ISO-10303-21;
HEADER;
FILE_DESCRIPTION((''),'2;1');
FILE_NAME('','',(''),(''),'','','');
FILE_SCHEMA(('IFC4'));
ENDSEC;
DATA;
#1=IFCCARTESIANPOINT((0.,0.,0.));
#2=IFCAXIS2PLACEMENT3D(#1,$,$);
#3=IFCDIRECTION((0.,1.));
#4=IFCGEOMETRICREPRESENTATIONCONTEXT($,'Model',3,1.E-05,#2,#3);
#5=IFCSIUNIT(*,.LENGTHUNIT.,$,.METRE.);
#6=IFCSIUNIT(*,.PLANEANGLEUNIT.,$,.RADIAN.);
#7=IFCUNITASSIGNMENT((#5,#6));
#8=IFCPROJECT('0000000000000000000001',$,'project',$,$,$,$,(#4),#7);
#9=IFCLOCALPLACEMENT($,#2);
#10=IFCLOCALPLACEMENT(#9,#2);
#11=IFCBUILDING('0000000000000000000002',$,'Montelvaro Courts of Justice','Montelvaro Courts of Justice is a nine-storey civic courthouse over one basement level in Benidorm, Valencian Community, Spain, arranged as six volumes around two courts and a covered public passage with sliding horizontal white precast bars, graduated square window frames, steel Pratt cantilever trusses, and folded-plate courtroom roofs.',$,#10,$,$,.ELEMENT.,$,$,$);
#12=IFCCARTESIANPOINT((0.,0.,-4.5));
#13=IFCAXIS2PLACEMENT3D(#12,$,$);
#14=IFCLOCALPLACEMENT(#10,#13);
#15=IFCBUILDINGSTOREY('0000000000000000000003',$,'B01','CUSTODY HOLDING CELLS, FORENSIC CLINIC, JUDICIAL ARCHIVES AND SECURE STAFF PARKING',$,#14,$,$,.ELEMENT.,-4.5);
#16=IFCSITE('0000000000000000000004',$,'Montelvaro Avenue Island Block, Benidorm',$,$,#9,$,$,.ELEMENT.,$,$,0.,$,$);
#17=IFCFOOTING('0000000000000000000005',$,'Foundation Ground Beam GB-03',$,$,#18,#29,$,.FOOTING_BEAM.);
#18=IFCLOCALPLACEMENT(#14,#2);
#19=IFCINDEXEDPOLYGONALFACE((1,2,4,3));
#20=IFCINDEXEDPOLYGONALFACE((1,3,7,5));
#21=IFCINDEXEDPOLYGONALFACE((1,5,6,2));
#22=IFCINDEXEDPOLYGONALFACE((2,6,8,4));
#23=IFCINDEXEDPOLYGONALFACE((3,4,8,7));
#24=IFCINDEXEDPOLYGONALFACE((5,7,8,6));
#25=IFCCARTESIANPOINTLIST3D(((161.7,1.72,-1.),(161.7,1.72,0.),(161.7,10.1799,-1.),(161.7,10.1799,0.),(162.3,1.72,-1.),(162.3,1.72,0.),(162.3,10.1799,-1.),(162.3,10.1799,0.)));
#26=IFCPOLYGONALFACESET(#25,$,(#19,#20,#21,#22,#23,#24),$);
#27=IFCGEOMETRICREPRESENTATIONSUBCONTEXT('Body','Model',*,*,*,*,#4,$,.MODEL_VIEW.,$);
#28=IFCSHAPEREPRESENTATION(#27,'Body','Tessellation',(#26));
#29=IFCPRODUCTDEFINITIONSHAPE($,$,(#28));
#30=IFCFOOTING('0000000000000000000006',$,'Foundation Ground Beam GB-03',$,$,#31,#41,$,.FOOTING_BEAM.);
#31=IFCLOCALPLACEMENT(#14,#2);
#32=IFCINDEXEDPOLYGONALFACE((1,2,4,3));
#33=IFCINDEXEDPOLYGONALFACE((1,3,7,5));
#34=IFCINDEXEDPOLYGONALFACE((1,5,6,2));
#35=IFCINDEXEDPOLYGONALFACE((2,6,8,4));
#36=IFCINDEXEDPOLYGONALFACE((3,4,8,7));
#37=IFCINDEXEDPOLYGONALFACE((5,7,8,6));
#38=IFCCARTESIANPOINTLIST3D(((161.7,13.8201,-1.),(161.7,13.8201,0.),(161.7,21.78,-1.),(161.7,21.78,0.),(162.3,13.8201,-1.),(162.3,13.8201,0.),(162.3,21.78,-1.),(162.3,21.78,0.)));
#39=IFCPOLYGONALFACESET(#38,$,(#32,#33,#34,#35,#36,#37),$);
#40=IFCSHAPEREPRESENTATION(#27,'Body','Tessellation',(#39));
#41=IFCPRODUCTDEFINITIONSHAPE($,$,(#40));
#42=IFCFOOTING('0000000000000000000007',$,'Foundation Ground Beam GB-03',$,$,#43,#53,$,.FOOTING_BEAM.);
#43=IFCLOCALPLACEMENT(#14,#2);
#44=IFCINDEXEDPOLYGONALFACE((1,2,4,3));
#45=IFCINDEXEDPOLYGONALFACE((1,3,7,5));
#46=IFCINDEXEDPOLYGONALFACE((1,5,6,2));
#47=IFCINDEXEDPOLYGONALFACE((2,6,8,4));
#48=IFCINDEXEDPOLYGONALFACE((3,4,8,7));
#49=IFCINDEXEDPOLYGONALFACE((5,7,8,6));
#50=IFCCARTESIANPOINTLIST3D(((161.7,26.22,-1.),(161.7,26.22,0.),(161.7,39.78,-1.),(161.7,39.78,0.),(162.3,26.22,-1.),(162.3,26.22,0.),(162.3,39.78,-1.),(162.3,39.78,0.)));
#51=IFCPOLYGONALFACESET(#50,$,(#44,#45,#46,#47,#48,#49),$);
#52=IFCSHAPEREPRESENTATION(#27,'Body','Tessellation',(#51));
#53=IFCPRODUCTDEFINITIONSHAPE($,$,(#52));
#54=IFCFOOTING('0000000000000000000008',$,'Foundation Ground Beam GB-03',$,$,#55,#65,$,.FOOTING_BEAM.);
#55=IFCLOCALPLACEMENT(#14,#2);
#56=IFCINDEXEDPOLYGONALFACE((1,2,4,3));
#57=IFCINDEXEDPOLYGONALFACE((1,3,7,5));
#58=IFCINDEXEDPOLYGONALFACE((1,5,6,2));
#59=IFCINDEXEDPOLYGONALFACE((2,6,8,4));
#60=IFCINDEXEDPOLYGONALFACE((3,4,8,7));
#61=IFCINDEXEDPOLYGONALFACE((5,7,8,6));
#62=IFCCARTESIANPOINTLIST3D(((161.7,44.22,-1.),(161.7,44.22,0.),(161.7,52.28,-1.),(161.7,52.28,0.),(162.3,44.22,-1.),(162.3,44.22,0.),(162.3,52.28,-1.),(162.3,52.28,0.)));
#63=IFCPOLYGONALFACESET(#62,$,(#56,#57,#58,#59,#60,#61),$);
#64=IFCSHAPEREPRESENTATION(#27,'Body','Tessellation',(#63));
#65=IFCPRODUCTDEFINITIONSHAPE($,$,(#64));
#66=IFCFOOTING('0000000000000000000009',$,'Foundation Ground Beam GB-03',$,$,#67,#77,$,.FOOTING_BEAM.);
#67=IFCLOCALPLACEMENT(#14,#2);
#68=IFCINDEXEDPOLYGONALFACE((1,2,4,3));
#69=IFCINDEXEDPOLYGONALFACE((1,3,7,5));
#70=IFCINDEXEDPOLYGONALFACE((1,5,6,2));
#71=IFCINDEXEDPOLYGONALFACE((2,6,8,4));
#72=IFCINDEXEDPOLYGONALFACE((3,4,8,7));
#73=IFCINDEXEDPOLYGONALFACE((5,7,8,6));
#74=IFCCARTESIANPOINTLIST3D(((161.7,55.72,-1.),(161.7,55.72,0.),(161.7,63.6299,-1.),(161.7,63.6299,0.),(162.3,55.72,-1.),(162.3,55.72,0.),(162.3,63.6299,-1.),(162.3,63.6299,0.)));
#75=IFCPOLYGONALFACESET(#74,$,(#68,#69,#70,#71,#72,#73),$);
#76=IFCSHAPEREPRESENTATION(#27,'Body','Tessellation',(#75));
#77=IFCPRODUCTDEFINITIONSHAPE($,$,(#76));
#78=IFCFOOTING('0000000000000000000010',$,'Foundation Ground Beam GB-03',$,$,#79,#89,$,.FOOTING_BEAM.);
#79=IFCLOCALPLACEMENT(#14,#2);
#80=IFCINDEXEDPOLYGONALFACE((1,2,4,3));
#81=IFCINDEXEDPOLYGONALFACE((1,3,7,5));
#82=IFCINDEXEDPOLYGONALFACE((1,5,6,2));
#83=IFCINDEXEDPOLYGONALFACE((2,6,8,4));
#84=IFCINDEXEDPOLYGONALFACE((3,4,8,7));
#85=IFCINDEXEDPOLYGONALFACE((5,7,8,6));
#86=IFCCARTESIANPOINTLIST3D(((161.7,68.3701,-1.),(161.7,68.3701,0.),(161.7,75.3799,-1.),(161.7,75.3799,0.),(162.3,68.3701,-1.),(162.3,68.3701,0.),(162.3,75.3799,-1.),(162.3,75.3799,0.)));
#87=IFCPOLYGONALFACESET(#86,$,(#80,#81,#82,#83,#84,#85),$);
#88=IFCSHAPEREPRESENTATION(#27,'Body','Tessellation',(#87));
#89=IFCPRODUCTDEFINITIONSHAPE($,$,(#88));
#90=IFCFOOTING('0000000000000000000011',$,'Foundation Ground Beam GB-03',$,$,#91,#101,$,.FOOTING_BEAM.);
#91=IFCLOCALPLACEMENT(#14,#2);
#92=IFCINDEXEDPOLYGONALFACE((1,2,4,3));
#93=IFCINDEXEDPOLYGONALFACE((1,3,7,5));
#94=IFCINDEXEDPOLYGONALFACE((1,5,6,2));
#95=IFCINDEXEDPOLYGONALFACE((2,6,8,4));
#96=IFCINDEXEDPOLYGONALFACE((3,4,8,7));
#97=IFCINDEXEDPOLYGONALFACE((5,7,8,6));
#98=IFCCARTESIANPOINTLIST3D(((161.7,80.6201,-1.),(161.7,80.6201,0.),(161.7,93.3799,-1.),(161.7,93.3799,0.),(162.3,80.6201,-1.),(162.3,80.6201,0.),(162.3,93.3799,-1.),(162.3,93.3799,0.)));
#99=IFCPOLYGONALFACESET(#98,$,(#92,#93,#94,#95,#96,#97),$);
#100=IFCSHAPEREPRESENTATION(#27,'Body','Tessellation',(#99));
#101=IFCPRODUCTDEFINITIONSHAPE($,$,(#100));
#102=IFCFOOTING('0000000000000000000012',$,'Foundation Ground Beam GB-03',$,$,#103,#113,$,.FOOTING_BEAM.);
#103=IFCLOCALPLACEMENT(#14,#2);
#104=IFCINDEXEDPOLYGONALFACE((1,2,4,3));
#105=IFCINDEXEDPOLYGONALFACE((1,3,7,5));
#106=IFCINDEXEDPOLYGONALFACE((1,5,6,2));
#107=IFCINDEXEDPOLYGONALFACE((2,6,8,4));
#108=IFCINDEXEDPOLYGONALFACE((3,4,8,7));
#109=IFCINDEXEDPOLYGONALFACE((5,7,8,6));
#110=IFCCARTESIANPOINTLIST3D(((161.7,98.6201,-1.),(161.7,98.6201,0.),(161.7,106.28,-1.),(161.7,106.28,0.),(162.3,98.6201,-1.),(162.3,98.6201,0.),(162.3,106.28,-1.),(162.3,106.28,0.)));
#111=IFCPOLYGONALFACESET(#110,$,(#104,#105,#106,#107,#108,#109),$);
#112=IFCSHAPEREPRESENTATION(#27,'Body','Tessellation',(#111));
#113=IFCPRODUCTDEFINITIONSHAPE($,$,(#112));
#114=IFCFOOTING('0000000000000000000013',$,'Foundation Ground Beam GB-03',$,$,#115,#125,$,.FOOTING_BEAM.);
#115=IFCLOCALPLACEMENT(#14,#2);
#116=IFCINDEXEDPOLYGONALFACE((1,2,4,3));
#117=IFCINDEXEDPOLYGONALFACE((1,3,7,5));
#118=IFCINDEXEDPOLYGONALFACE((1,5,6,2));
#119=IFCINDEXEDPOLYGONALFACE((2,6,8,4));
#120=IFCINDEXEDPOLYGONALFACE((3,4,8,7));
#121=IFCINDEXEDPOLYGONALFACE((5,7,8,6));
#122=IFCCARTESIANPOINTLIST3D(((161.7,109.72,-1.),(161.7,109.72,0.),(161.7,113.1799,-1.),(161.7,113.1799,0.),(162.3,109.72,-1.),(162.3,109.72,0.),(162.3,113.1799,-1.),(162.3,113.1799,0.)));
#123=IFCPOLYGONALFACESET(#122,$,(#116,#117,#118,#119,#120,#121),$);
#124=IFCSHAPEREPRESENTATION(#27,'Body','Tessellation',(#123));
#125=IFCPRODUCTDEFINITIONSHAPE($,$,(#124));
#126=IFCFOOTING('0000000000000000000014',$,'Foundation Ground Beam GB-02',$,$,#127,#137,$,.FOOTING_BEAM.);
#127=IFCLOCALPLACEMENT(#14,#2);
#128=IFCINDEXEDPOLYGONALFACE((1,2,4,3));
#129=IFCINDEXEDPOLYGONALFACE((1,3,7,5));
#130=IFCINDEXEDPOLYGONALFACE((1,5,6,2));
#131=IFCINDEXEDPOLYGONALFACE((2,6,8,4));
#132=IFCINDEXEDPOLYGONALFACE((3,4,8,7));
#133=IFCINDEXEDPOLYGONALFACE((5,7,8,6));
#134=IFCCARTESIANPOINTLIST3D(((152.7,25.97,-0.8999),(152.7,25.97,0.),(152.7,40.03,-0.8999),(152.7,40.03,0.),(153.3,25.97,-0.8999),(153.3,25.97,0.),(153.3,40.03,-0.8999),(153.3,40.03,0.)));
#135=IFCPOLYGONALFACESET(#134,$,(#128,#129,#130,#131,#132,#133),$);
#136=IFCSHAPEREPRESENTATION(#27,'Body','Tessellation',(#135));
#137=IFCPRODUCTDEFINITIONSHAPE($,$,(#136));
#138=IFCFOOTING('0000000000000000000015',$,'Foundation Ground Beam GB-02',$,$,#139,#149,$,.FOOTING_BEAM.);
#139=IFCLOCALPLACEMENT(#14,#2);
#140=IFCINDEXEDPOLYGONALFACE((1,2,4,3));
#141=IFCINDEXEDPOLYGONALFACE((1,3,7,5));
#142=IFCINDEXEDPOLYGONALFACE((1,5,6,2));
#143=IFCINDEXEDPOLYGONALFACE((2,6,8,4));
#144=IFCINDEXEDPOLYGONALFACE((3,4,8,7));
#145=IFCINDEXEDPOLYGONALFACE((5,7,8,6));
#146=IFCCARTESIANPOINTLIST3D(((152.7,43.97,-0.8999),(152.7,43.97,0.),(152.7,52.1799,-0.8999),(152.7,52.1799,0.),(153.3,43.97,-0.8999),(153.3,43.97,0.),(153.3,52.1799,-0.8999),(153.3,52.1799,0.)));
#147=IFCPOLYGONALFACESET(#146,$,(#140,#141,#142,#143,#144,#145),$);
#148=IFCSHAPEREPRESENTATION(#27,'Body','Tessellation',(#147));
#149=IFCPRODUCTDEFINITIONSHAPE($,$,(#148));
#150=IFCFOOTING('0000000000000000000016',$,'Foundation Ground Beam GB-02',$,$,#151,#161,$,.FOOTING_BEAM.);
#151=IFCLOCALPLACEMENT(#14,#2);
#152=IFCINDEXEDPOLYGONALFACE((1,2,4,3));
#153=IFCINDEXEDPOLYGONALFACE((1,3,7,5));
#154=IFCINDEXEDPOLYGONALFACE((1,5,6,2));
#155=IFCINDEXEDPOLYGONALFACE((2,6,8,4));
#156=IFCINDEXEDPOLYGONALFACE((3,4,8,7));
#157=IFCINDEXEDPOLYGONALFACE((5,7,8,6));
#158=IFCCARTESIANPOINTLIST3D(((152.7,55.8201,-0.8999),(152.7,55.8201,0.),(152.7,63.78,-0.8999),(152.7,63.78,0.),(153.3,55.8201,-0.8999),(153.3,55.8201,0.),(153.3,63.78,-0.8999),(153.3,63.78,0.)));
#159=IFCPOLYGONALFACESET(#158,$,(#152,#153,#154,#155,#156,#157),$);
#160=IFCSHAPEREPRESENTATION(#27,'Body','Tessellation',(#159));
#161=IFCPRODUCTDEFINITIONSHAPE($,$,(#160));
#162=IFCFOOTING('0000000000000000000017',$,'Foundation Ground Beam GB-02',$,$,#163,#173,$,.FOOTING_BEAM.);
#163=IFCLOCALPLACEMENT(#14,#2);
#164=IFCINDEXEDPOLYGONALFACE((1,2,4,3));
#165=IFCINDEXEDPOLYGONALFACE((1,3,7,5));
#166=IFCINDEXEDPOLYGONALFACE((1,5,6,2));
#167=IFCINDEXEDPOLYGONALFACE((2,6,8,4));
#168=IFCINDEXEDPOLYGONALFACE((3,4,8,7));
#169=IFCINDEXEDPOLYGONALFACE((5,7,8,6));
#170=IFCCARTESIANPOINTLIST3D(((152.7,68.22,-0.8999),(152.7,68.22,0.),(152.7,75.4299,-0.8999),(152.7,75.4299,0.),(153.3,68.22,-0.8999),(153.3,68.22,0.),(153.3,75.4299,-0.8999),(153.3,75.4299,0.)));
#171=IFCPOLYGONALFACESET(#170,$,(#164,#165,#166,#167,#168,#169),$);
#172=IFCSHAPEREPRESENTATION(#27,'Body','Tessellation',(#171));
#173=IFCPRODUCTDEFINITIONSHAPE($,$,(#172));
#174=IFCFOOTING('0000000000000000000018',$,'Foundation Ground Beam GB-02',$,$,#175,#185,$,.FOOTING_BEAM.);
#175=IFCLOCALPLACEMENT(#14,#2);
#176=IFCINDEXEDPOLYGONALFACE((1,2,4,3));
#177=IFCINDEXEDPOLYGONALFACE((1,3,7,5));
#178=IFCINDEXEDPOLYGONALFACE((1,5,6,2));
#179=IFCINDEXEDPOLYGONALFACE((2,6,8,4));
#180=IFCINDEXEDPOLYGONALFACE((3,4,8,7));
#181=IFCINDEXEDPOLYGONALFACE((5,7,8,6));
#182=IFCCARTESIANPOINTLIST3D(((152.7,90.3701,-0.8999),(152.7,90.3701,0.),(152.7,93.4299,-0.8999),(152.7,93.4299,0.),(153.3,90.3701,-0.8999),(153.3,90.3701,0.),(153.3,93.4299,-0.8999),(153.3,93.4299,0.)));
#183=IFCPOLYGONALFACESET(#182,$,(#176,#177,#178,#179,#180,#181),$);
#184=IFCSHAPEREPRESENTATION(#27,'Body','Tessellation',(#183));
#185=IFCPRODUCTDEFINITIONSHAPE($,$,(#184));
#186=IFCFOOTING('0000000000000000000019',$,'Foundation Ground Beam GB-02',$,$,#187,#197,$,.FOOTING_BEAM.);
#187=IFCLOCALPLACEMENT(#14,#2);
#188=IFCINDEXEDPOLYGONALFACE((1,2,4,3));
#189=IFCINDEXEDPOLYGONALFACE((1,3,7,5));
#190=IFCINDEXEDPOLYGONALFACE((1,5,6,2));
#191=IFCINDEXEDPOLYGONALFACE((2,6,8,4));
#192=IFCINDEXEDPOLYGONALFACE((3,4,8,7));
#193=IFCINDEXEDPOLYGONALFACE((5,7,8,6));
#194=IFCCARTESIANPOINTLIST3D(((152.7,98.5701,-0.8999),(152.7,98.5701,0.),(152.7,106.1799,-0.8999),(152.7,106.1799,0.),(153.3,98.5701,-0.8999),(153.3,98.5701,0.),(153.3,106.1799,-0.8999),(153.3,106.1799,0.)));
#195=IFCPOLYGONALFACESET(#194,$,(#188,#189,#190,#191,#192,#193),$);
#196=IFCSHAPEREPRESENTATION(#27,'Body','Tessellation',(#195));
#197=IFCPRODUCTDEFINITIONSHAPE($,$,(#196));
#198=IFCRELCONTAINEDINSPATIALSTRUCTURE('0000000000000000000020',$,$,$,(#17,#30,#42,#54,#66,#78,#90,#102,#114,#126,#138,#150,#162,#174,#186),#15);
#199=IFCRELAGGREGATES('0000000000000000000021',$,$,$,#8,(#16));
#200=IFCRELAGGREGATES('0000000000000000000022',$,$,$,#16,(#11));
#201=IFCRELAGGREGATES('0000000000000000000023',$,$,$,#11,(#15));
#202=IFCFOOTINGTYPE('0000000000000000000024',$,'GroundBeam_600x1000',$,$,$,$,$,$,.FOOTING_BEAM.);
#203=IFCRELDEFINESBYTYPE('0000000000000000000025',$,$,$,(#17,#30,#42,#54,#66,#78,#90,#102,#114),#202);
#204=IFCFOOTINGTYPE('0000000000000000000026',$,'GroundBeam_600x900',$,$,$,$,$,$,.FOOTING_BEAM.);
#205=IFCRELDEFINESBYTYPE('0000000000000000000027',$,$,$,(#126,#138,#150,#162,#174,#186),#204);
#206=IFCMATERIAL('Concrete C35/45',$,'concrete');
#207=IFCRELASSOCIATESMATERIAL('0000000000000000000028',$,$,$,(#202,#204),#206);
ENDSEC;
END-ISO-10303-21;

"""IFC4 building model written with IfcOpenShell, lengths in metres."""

from ifc_helpers import new_model, si_unit, direction, frame, origin, place, context, subcontext, project, spatial, polyline, outline, extrude, material, type_object, element, save


model = new_model("IFC4")

# Units and contexts
model_context = context("Model", 3, precision=1e-05, world=origin(), true_north=direction((0.0, 1.0)))
body_context = subcontext(model_context, "Body", "Model", "MODEL_VIEW")
ifc_project = project(units=[si_unit("LENGTHUNIT", "METRE"), si_unit("PLANEANGLEUNIT", "RADIAN")], contexts=[model_context])

# Site, building, storey
site_placement = place(None, origin())
site = spatial("IfcSite", under=ifc_project, at=site_placement, Name="Montelvaro Avenue Island Block, Benidorm", CompositionType="ELEMENT", RefElevation=0.0)
building_placement = place(site_placement, origin())
building = spatial("IfcBuilding", under=site, at=building_placement, Name="Montelvaro Courts of Justice", Description="Montelvaro Courts of Justice is a nine-storey civic courthouse over one basement level in Benidorm, Valencian Community, Spain, arranged as six volumes around two courts and a covered public passage with sliding horizontal white precast bars, graduated square window frames, steel Pratt cantilever trusses, and folded-plate courtroom roofs.", CompositionType="ELEMENT")
storey_placement = place(building_placement, frame((0.0, 0.0, -4.5)))
storey = spatial("IfcBuildingStorey", under=building, at=storey_placement, Name="B01", Description="CUSTODY HOLDING CELLS, FORENSIC CLINIC, JUDICIAL ARCHIVES AND SECURE STAFF PARKING", CompositionType="ELEMENT", Elevation=-4.5)

# Footings
ifc_material = material(Name="Concrete C35/45", Category="concrete")
footing_type_1 = type_object("IfcFootingType", Name="GroundBeam_600x1000", PredefinedType="FOOTING_BEAM", material=ifc_material)
footing_1_placement = place(storey_placement, frame((0.0, 0.0, -1.0)))
element("IfcFooting", 1, at=footing_1_placement, inside=storey, type_object=footing_type_1, Name="Foundation Ground Beam GB-03", PredefinedType="FOOTING_BEAM", context=body_context, shape_type="SweptSolid", body=[
    extrude(outline(polyline([(161.7, 1.72), (162.3, 1.72), (162.3, 10.1799), (161.7, 10.1799), (161.7, 1.72)])), origin(), (0.0, 0.0, 1.0), 1.0),
])
footing_2_placement = place(storey_placement, frame((0.0, 0.0, -1.0)))
element("IfcFooting", 2, at=footing_2_placement, inside=storey, type_object=footing_type_1, Name="Foundation Ground Beam GB-03", PredefinedType="FOOTING_BEAM", context=body_context, shape_type="SweptSolid", body=[
    extrude(outline(polyline([(161.7, 13.8201), (162.3, 13.8201), (162.3, 21.78), (161.7, 21.78), (161.7, 13.8201)])), origin(), (0.0, 0.0, 1.0), 1.0),
])
footing_3_placement = place(storey_placement, frame((0.0, 0.0, -1.0)))
element("IfcFooting", 3, at=footing_3_placement, inside=storey, type_object=footing_type_1, Name="Foundation Ground Beam GB-03", PredefinedType="FOOTING_BEAM", context=body_context, shape_type="SweptSolid", body=[
    extrude(outline(polyline([(161.7, 26.22), (162.3, 26.22), (162.3, 39.78), (161.7, 39.78), (161.7, 26.22)])), origin(), (0.0, 0.0, 1.0), 1.0),
])
footing_4_placement = place(storey_placement, frame((0.0, 0.0, -1.0)))
element("IfcFooting", 4, at=footing_4_placement, inside=storey, type_object=footing_type_1, Name="Foundation Ground Beam GB-03", PredefinedType="FOOTING_BEAM", context=body_context, shape_type="SweptSolid", body=[
    extrude(outline(polyline([(161.7, 44.22), (162.3, 44.22), (162.3, 52.28), (161.7, 52.28), (161.7, 44.22)])), origin(), (0.0, 0.0, 1.0), 1.0),
])
footing_5_placement = place(storey_placement, frame((0.0, 0.0, -1.0)))
element("IfcFooting", 5, at=footing_5_placement, inside=storey, type_object=footing_type_1, Name="Foundation Ground Beam GB-03", PredefinedType="FOOTING_BEAM", context=body_context, shape_type="SweptSolid", body=[
    extrude(outline(polyline([(161.7, 55.72), (162.3, 55.72), (162.3, 63.6299), (161.7, 63.6299), (161.7, 55.72)])), origin(), (0.0, 0.0, 1.0), 1.0),
])
footing_6_placement = place(storey_placement, frame((0.0, 0.0, -1.0)))
element("IfcFooting", 6, at=footing_6_placement, inside=storey, type_object=footing_type_1, Name="Foundation Ground Beam GB-03", PredefinedType="FOOTING_BEAM", context=body_context, shape_type="SweptSolid", body=[
    extrude(outline(polyline([(161.7, 68.3701), (162.3, 68.3701), (162.3, 75.3799), (161.7, 75.3799), (161.7, 68.3701)])), origin(), (0.0, 0.0, 1.0), 1.0),
])
footing_7_placement = place(storey_placement, frame((0.0, 0.0, -1.0)))
element("IfcFooting", 7, at=footing_7_placement, inside=storey, type_object=footing_type_1, Name="Foundation Ground Beam GB-03", PredefinedType="FOOTING_BEAM", context=body_context, shape_type="SweptSolid", body=[
    extrude(outline(polyline([(161.7, 80.6201), (162.3, 80.6201), (162.3, 93.3799), (161.7, 93.3799), (161.7, 80.6201)])), origin(), (0.0, 0.0, 1.0), 1.0),
])
footing_8_placement = place(storey_placement, frame((0.0, 0.0, -1.0)))
element("IfcFooting", 8, at=footing_8_placement, inside=storey, type_object=footing_type_1, Name="Foundation Ground Beam GB-03", PredefinedType="FOOTING_BEAM", context=body_context, shape_type="SweptSolid", body=[
    extrude(outline(polyline([(161.7, 98.6201), (162.3, 98.6201), (162.3, 106.28), (161.7, 106.28), (161.7, 98.6201)])), origin(), (0.0, 0.0, 1.0), 1.0),
])
footing_9_placement = place(storey_placement, frame((0.0, 0.0, -1.0)))
element("IfcFooting", 9, at=footing_9_placement, inside=storey, type_object=footing_type_1, Name="Foundation Ground Beam GB-03", PredefinedType="FOOTING_BEAM", context=body_context, shape_type="SweptSolid", body=[
    extrude(outline(polyline([(161.7, 109.72), (162.3, 109.72), (162.3, 113.1799), (161.7, 113.1799), (161.7, 109.72)])), origin(), (0.0, 0.0, 1.0), 1.0),
])
footing_type_2 = type_object("IfcFootingType", Name="GroundBeam_600x900", PredefinedType="FOOTING_BEAM", material=ifc_material)
footing_10_placement = place(storey_placement, frame((0.0, 0.0, -0.8999)))
element("IfcFooting", 10, at=footing_10_placement, inside=storey, type_object=footing_type_2, Name="Foundation Ground Beam GB-02", PredefinedType="FOOTING_BEAM", context=body_context, shape_type="SweptSolid", body=[
    extrude(outline(polyline([(152.7, 25.97), (153.3, 25.97), (153.3, 40.03), (152.7, 40.03), (152.7, 25.97)])), origin(), (0.0, 0.0, 1.0), 0.8999),
])
footing_11_placement = place(storey_placement, frame((0.0, 0.0, -0.8999)))
element("IfcFooting", 11, at=footing_11_placement, inside=storey, type_object=footing_type_2, Name="Foundation Ground Beam GB-02", PredefinedType="FOOTING_BEAM", context=body_context, shape_type="SweptSolid", body=[
    extrude(outline(polyline([(152.7, 43.97), (153.3, 43.97), (153.3, 52.1799), (152.7, 52.1799), (152.7, 43.97)])), origin(), (0.0, 0.0, 1.0), 0.8999),
])
footing_12_placement = place(storey_placement, frame((0.0, 0.0, -0.8999)))
element("IfcFooting", 12, at=footing_12_placement, inside=storey, type_object=footing_type_2, Name="Foundation Ground Beam GB-02", PredefinedType="FOOTING_BEAM", context=body_context, shape_type="SweptSolid", body=[
    extrude(outline(polyline([(152.7, 55.8201), (153.3, 55.8201), (153.3, 63.78), (152.7, 63.78), (152.7, 55.8201)])), origin(), (0.0, 0.0, 1.0), 0.8999),
])
footing_13_placement = place(storey_placement, frame((0.0, 0.0, -0.8999)))
element("IfcFooting", 13, at=footing_13_placement, inside=storey, type_object=footing_type_2, Name="Foundation Ground Beam GB-02", PredefinedType="FOOTING_BEAM", context=body_context, shape_type="SweptSolid", body=[
    extrude(outline(polyline([(152.7, 68.22), (153.3, 68.22), (153.3, 75.4299), (152.7, 75.4299), (152.7, 68.22)])), origin(), (0.0, 0.0, 1.0), 0.8999),
])
footing_14_placement = place(storey_placement, frame((0.0, 0.0, -0.8999)))
element("IfcFooting", 14, at=footing_14_placement, inside=storey, type_object=footing_type_2, Name="Foundation Ground Beam GB-02", PredefinedType="FOOTING_BEAM", context=body_context, shape_type="SweptSolid", body=[
    extrude(outline(polyline([(152.7, 90.3701), (153.3, 90.3701), (153.3, 93.4299), (152.7, 93.4299), (152.7, 90.3701)])), origin(), (0.0, 0.0, 1.0), 0.8999),
])
footing_15_placement = place(storey_placement, frame((0.0, 0.0, -0.8999)))
element("IfcFooting", 15, at=footing_15_placement, inside=storey, type_object=footing_type_2, Name="Foundation Ground Beam GB-02", PredefinedType="FOOTING_BEAM", context=body_context, shape_type="SweptSolid", body=[
    extrude(outline(polyline([(152.7, 98.5701), (153.3, 98.5701), (153.3, 106.1799), (152.7, 106.1799), (152.7, 98.5701)])), origin(), (0.0, 0.0, 1.0), 0.8999),
])

save(model, "model.ifc")
